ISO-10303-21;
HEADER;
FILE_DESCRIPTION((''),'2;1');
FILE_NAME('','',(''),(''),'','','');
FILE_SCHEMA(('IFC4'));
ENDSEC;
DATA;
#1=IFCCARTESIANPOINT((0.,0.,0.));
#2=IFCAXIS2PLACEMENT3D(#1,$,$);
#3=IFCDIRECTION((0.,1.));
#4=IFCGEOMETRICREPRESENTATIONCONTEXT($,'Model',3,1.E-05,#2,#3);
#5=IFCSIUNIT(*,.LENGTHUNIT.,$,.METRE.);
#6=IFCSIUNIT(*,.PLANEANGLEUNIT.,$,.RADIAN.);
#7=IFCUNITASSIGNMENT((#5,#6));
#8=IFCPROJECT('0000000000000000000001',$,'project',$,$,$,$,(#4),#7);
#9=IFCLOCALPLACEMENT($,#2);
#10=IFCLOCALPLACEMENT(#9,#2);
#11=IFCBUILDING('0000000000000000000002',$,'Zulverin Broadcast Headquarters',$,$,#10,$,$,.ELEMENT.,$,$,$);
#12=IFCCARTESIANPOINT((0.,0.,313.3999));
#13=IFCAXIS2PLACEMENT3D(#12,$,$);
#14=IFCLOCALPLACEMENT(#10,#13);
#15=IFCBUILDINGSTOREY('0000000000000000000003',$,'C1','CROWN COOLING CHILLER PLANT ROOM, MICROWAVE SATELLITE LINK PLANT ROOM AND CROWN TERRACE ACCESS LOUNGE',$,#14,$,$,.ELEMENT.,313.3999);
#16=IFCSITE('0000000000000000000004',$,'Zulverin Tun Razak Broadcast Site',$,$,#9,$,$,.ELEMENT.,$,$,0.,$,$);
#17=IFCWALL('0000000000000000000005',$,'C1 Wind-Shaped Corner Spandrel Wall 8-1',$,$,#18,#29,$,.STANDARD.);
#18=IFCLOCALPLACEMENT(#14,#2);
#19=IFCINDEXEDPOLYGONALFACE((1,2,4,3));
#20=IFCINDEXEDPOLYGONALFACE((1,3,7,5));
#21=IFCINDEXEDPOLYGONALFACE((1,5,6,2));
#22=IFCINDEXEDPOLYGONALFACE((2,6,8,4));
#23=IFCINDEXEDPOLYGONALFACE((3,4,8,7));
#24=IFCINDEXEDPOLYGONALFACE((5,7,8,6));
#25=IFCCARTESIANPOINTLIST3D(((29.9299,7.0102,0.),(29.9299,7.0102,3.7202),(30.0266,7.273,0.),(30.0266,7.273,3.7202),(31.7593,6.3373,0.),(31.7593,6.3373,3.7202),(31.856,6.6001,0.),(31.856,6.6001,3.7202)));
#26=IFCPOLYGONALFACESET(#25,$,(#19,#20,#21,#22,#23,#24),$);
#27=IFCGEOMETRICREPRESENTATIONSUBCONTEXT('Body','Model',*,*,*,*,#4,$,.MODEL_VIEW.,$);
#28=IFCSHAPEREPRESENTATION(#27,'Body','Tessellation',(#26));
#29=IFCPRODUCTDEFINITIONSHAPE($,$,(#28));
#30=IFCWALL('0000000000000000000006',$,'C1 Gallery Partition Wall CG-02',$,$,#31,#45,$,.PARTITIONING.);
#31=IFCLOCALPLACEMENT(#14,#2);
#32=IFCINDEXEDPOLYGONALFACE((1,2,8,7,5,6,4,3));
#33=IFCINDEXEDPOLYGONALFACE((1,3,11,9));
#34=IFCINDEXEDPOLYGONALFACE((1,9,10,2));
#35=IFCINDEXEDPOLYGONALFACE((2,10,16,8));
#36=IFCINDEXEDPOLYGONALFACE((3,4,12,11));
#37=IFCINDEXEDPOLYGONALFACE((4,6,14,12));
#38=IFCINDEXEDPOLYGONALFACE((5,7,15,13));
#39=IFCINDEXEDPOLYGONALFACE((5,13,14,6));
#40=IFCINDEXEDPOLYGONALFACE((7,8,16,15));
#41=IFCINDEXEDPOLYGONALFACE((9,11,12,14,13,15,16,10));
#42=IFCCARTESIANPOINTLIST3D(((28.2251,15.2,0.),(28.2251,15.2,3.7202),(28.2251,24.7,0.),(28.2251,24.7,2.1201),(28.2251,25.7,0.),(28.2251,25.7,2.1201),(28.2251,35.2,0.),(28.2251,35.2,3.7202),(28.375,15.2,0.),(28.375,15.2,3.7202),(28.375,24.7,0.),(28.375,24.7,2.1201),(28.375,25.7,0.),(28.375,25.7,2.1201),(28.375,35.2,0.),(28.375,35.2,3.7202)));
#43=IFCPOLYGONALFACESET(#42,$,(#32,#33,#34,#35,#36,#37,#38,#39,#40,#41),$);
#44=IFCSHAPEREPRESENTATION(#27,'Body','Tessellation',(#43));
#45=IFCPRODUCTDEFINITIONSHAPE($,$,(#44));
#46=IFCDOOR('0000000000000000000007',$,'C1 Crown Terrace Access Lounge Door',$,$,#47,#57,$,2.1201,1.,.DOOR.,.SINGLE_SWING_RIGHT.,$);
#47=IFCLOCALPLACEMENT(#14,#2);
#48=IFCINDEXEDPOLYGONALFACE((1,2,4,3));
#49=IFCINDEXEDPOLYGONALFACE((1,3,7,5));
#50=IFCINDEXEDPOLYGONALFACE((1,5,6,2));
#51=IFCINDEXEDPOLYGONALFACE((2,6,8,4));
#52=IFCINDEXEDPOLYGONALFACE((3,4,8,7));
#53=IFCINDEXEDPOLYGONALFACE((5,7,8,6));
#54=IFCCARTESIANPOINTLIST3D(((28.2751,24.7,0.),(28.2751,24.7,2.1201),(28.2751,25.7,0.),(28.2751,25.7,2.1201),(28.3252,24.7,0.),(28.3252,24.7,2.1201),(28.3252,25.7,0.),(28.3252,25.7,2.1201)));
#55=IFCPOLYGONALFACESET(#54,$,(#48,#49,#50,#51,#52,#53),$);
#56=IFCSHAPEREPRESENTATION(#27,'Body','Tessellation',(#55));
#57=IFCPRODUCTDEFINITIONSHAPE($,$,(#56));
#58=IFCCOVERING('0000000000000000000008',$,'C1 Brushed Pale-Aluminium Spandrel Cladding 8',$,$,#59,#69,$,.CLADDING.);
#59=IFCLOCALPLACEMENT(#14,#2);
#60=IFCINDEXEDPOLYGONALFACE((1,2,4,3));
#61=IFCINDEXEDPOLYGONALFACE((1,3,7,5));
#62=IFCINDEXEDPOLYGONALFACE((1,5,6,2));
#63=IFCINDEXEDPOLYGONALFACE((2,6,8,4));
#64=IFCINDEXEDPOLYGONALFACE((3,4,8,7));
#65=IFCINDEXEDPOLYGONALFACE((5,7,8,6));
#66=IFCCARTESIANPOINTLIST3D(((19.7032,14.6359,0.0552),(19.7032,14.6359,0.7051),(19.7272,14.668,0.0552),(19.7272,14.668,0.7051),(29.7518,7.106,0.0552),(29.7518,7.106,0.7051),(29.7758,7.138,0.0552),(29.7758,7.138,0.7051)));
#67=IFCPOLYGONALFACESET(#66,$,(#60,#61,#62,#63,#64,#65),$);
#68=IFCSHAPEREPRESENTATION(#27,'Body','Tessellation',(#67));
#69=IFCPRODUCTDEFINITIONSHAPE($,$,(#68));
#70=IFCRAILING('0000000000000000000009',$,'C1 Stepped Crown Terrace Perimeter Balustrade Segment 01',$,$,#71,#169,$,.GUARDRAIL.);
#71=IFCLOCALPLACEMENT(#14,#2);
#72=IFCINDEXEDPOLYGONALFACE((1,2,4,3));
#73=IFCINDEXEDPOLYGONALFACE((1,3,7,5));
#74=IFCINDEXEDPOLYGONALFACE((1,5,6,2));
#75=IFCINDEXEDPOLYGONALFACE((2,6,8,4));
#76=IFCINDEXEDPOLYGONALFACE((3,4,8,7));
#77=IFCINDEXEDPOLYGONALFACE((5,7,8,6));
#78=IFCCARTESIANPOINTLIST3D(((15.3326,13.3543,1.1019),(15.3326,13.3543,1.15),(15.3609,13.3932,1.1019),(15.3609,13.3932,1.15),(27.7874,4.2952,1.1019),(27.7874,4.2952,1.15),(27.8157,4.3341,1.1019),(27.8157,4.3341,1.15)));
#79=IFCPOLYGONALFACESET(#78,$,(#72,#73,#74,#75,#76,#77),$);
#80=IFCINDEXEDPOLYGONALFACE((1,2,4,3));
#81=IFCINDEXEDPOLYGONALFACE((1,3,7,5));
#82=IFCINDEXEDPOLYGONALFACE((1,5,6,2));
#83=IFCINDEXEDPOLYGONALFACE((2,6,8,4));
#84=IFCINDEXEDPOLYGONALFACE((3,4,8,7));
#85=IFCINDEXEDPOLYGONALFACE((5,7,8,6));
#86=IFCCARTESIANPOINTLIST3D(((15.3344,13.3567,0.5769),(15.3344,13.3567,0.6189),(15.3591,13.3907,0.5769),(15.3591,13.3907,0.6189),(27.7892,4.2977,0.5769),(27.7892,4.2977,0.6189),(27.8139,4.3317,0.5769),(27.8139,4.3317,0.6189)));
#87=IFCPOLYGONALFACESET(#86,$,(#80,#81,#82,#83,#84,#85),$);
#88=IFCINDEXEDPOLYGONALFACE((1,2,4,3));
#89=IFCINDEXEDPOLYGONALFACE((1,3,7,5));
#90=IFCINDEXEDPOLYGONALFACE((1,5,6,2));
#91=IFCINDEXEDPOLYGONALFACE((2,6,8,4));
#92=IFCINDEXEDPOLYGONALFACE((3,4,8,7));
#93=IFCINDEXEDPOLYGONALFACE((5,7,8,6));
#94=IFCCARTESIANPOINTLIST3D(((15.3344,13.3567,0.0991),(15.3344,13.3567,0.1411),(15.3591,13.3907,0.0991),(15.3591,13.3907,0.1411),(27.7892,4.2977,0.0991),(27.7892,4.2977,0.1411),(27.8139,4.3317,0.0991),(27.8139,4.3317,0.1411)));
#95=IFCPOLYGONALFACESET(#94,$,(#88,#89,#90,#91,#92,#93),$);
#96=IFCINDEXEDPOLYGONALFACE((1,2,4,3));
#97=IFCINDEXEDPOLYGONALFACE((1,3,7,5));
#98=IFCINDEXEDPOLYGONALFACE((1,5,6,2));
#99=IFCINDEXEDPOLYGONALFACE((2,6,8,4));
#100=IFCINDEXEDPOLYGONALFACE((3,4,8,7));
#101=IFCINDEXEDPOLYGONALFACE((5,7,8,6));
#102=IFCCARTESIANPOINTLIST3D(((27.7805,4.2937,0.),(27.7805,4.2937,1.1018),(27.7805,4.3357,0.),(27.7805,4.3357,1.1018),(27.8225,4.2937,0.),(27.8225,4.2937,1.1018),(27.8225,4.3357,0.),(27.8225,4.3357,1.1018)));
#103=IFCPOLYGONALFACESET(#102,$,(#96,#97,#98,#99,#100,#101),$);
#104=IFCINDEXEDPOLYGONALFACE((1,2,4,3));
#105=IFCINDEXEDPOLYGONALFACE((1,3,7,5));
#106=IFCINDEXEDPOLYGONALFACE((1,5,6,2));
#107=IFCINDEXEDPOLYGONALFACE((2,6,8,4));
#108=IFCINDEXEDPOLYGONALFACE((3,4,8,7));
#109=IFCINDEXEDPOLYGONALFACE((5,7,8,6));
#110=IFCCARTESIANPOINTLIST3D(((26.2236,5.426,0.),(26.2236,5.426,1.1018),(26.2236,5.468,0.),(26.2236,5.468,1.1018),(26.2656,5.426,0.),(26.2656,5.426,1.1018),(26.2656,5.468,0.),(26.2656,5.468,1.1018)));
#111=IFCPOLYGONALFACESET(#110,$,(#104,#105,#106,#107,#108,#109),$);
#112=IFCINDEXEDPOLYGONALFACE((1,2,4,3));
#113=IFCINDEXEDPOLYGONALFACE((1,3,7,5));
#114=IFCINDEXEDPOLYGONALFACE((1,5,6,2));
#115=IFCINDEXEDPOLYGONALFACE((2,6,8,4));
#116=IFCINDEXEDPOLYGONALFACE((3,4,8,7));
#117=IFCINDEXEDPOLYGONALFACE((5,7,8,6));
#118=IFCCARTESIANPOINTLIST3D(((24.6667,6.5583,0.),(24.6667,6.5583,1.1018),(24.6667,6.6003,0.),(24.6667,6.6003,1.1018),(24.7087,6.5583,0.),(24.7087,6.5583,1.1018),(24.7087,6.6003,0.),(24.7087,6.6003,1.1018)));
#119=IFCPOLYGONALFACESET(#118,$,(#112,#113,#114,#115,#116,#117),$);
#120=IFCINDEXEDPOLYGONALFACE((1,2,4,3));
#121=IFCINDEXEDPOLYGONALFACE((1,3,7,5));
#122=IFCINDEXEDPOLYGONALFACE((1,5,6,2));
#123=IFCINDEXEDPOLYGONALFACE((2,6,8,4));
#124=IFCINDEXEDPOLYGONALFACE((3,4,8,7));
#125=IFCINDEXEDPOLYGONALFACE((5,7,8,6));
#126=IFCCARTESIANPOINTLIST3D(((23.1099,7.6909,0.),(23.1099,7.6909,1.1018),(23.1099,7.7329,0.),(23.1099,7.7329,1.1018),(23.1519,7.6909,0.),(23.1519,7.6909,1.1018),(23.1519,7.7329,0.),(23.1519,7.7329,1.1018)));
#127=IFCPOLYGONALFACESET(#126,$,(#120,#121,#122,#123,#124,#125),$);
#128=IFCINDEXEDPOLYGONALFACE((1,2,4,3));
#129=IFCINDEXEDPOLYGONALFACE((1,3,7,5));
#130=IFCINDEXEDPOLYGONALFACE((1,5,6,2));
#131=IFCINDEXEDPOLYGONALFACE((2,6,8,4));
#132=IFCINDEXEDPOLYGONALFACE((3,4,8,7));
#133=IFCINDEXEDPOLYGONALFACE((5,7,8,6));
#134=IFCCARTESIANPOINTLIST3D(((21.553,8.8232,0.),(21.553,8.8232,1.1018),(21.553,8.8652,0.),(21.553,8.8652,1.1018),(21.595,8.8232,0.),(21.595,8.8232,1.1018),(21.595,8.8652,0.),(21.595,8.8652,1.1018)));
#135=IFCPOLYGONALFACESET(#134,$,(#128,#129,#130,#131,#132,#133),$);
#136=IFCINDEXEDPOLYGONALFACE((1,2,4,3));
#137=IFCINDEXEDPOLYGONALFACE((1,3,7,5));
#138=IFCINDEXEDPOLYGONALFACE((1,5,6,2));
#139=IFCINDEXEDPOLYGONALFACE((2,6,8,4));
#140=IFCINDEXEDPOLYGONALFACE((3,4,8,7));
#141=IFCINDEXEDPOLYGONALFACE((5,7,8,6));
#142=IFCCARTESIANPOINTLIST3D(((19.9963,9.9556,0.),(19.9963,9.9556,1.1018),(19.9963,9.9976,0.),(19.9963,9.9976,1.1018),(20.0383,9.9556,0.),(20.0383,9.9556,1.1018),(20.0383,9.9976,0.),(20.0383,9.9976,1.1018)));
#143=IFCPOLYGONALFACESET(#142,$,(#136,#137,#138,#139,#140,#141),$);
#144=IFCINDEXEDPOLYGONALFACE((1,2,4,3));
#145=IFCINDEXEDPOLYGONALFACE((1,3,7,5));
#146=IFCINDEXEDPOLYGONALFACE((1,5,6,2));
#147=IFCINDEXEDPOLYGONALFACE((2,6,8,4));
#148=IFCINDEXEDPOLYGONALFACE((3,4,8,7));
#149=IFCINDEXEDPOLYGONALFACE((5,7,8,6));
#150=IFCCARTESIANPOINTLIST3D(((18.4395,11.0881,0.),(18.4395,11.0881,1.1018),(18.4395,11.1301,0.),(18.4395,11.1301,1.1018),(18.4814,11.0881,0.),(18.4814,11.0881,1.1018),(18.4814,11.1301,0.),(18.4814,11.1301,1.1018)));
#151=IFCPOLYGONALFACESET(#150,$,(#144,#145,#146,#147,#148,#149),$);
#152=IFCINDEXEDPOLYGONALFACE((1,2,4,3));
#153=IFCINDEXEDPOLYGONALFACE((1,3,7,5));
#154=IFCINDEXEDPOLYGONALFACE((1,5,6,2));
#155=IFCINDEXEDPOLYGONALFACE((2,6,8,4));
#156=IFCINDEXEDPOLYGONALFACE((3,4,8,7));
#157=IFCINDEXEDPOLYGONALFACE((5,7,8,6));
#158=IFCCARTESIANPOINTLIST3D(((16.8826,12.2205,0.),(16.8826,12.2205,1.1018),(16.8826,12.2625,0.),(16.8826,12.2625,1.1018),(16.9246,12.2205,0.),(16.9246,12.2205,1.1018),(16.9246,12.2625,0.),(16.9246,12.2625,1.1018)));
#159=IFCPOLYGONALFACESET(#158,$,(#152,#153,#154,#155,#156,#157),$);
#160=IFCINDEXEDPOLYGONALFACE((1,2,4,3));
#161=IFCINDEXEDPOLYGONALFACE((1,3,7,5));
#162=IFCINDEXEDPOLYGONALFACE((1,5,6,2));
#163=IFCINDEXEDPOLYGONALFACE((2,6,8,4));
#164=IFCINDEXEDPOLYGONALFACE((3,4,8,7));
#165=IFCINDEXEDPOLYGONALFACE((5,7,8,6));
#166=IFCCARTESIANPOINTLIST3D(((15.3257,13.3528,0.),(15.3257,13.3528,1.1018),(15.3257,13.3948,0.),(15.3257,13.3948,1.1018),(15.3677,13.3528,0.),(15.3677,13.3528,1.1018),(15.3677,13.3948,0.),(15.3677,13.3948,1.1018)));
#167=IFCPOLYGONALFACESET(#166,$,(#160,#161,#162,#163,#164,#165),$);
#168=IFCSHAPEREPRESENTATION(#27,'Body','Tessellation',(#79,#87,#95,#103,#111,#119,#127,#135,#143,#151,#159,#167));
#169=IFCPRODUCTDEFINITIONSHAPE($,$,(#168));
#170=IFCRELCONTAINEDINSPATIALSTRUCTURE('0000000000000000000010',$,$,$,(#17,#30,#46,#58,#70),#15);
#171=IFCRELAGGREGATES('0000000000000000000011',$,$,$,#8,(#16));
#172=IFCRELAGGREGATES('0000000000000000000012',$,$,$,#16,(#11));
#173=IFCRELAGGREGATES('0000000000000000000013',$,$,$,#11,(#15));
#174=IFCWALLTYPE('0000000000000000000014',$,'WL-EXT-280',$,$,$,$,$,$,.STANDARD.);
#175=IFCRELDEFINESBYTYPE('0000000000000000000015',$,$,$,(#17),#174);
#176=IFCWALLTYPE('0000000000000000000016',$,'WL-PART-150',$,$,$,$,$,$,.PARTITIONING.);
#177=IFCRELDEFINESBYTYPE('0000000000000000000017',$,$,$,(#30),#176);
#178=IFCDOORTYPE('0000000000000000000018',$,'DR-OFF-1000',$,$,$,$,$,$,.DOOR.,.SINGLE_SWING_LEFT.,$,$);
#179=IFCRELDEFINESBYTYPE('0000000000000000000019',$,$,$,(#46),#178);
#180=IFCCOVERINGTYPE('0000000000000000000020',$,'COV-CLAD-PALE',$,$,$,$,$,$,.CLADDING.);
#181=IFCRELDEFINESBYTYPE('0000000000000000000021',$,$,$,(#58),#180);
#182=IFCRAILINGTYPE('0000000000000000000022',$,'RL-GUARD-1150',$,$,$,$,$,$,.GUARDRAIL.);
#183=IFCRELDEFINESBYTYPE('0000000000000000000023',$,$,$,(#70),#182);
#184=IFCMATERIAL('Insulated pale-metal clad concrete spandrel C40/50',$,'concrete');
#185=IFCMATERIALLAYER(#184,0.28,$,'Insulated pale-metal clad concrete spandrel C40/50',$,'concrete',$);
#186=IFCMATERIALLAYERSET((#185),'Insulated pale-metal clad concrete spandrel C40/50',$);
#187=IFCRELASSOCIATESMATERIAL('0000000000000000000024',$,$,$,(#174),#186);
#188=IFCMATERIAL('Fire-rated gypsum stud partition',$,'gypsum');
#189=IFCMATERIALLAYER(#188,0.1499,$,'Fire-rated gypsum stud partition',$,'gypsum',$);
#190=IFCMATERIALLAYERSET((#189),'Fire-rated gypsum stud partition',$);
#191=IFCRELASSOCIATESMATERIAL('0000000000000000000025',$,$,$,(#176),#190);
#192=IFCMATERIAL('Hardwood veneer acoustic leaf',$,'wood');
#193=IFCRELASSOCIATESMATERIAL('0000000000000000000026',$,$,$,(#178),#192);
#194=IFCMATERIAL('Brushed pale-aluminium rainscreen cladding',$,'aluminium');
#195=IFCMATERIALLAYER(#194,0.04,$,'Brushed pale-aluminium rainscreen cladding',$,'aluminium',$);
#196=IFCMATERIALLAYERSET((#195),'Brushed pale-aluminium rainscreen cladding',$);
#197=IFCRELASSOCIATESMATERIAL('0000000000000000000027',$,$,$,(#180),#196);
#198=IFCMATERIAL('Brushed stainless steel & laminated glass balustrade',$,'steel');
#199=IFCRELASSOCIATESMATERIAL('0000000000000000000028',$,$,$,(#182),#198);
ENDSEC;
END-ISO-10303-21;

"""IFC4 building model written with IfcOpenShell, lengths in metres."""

from ifc_helpers import new_model, si_unit, direction, frame, frame_2d, origin, origin_2d, place, context, subcontext, project, spatial, rectangle, extrude, material, layer, layer_set, type_object, element, fill, save


model = new_model("IFC4")

# Units and contexts
model_context = context("Model", 3, precision=1e-05, world=origin(), true_north=direction((0.0, 1.0)))
body_context = subcontext(model_context, "Body", "Model", "MODEL_VIEW")
ifc_project = project(units=[si_unit("LENGTHUNIT", "METRE"), si_unit("PLANEANGLEUNIT", "RADIAN")], contexts=[model_context])

# Site, building, storey
site_placement = place(None, origin())
site = spatial("IfcSite", under=ifc_project, at=site_placement, Name="Zulverin Tun Razak Broadcast Site", CompositionType="ELEMENT", RefElevation=0.0)
building_placement = place(site_placement, origin())
building = spatial("IfcBuilding", under=site, at=building_placement, Name="Zulverin Broadcast Headquarters", CompositionType="ELEMENT")
storey_placement = place(building_placement, frame((0.0, 0.0, 313.3999)))
storey = spatial("IfcBuildingStorey", under=building, at=storey_placement, Name="C1", Description="CROWN COOLING CHILLER PLANT ROOM, MICROWAVE SATELLITE LINK PLANT ROOM AND CROWN TERRACE ACCESS LOUNGE", CompositionType="ELEMENT", Elevation=313.3999)

# Wall
ifc_material_1 = material(Name="Insulated pale-metal clad concrete spandrel C40/50", Category="concrete")
ifc_layer_1 = layer(ifc_material_1, 0.28, Name="Insulated pale-metal clad concrete spandrel C40/50", Category="concrete")
ifc_layer_set_1 = layer_set([ifc_layer_1], Name="Insulated pale-metal clad concrete spandrel C40/50")
wall_type_1 = type_object("IfcWallType", Name="WL-EXT-280", PredefinedType="STANDARD", material=ifc_layer_set_1)
wall_1_placement = place(storey_placement, frame((29.9783, 7.1416, 0.0), z_axis=(0.0, 0.0, 1.0), x_axis=(0.938529, -0.3452, 0.0)))
element("IfcWall", 1, at=wall_1_placement, inside=storey, type_object=wall_type_1, Name="C1 Wind-Shaped Corner Spandrel Wall 8-1", PredefinedType="STANDARD", context=body_context, shape_type="SweptSolid", body=[
    extrude(rectangle(XDim=1.9492, YDim=0.28, at=frame_2d((0.9746, 0.0))), origin(), (0.0, 0.0, 1.0), 3.7202),
])

# Wall, opening, door
ifc_material_2 = material(Name="Fire-rated gypsum stud partition", Category="gypsum")
ifc_layer_2 = layer(ifc_material_2, 0.1499, Name="Fire-rated gypsum stud partition", Category="gypsum")
ifc_layer_set_2 = layer_set([ifc_layer_2], Name="Fire-rated gypsum stud partition")
wall_type_2 = type_object("IfcWallType", Name="WL-PART-150", PredefinedType="PARTITIONING", material=ifc_layer_set_2)
wall_2_placement = place(storey_placement, frame((28.3, 15.2, 0.0), z_axis=(0.0, 0.0, 1.0), x_axis=(0.0, 1.0, 0.0)))
wall_2 = element("IfcWall", 2, at=wall_2_placement, inside=storey, type_object=wall_type_2, Name="C1 Gallery Partition Wall CG-02", PredefinedType="PARTITIONING", context=body_context, shape_type="SweptSolid", body=[
    extrude(rectangle(XDim=20.0, YDim=0.1499, at=frame_2d((10.0, 0.0))), origin(), (0.0, 0.0, 1.0), 3.7202),
])
opening_1_placement = place(wall_2_placement, frame((9.5, 0.0, 0.0)))
opening_1 = element("IfcOpeningElement", 3, at=opening_1_placement, cuts=wall_2, PredefinedType="OPENING", context=body_context, shape_type="SweptSolid", body=[
    extrude(rectangle(XDim=1.0, YDim=2.1201, at=frame_2d((0.5, 1.0601))), frame((0.0, 0.085, 0.0), z_axis=(0.0, -1.0, 0.0), x_axis=(1.0, 0.0, 0.0)), (0.0, 0.0, 1.0), 0.1699),
])
ifc_material_3 = material(Name="Hardwood veneer acoustic leaf", Category="wood")
door_type_1 = type_object("IfcDoorType", Name="DR-OFF-1000", OperationType="SINGLE_SWING_LEFT", PredefinedType="DOOR", material=ifc_material_3)
door_1_placement = place(opening_1_placement, origin())
door_1 = element("IfcDoor", 4, at=door_1_placement, inside=storey, type_object=door_type_1, Name="C1 Crown Terrace Access Lounge Door", OperationType="SINGLE_SWING_RIGHT", OverallHeight=2.1201, OverallWidth=1.0, PredefinedType="DOOR", context=body_context, shape_type="SweptSolid", body=[
    extrude(rectangle(XDim=1.0, YDim=2.1201, at=frame_2d((0.5, 1.0601))), frame((0.0, 0.0249, 0.0), z_axis=(0.0, -1.0, 0.0), x_axis=(1.0, 0.0, 0.0)), (0.0, 0.0, 1.0), 0.05),
])
fill(opening_1, door_1)

# Covering
ifc_material_4 = material(Name="Brushed pale-aluminium rainscreen cladding", Category="aluminium")
ifc_layer_3 = layer(ifc_material_4, 0.04, Name="Brushed pale-aluminium rainscreen cladding", Category="aluminium")
ifc_layer_set_3 = layer_set([ifc_layer_3], Name="Brushed pale-aluminium rainscreen cladding")
covering_type = type_object("IfcCoveringType", Name="COV-CLAD-PALE", PredefinedType="CLADDING", material=ifc_layer_set_3)
covering_placement = place(storey_placement, frame((24.7395, 10.887, 0.0552), z_axis=(0.0, 0.0, 1.0), x_axis=(0.800248, -0.599669, 0.0)))
element("IfcCovering", 5, at=covering_placement, inside=storey, type_object=covering_type, Name="C1 Brushed Pale-Aluminium Spandrel Cladding 8", PredefinedType="CLADDING", context=body_context, shape_type="SweptSolid", body=[
    extrude(rectangle(XDim=12.5569, YDim=0.04, at=origin_2d()), origin(), (0.0, 0.0, 1.0), 0.6499),
])

# Railing
ifc_material_5 = material(Name="Brushed stainless steel & laminated glass balustrade", Category="steel")
railing_type = type_object("IfcRailingType", Name="RL-GUARD-1150", PredefinedType="GUARDRAIL", material=ifc_material_5)
railing_1_placement = place(storey_placement, frame((27.8015, 4.3147, 0.0)))
element("IfcRailing", 6, at=railing_1_placement, inside=storey, type_object=railing_type, Name="C1 Stepped Crown Terrace Perimeter Balustrade Segment 01", PredefinedType="GUARDRAIL", context=body_context, shape_type="SweptSolid", body=[
    extrude(rectangle(XDim=0.0481, YDim=0.0481, at=origin_2d()), frame((0.0, 0.0, 1.126), z_axis=(-0.808705, 0.588215, 0.0), x_axis=(-0.588215, -0.808705, 0.0)), (0.0, 0.0, 1.0), 15.4009),
    extrude(rectangle(XDim=0.042, YDim=0.042, at=origin_2d()), frame((0.0, 0.0, 0.5979), z_axis=(-0.808705, 0.588215, 0.0), x_axis=(-0.588215, -0.808705, 0.0)), (0.0, 0.0, 1.0), 15.4009),
    extrude(rectangle(XDim=0.042, YDim=0.042, at=origin_2d()), frame((0.0, 0.0, 0.1201), z_axis=(-0.808705, 0.588215, 0.0), x_axis=(-0.588215, -0.808705, 0.0)), (0.0, 0.0, 1.0), 15.4009),
    extrude(rectangle(XDim=0.042, YDim=0.042, at=origin_2d()), origin(), (0.0, 0.0, 1.0), 1.1018),
    extrude(rectangle(XDim=0.042, YDim=0.042, at=origin_2d()), frame((-1.5569, 1.1323, 0.0)), (0.0, 0.0, 1.0), 1.1018),
    extrude(rectangle(XDim=0.042, YDim=0.042, at=origin_2d()), frame((-3.1138, 2.2646, 0.0)), (0.0, 0.0, 1.0), 1.1018),
    extrude(rectangle(XDim=0.042, YDim=0.042, at=origin_2d()), frame((-4.6707, 3.3972, 0.0)), (0.0, 0.0, 1.0), 1.1018),
    extrude(rectangle(XDim=0.042, YDim=0.042, at=origin_2d()), frame((-6.2275, 4.5295, 0.0)), (0.0, 0.0, 1.0), 1.1018),
    extrude(rectangle(XDim=0.042, YDim=0.042, at=origin_2d()), frame((-7.7842, 5.6619, 0.0)), (0.0, 0.0, 1.0), 1.1018),
    extrude(rectangle(XDim=0.042, YDim=0.042, at=origin_2d()), frame((-9.3411, 6.7944, 0.0)), (0.0, 0.0, 1.0), 1.1018),
    extrude(rectangle(XDim=0.042, YDim=0.042, at=origin_2d()), frame((-10.8979, 7.9268, 0.0)), (0.0, 0.0, 1.0), 1.1018),
    extrude(rectangle(XDim=0.042, YDim=0.042, at=origin_2d()), frame((-12.4548, 9.0591, 0.0)), (0.0, 0.0, 1.0), 1.1018),
])

save(model, "model.ifc")
